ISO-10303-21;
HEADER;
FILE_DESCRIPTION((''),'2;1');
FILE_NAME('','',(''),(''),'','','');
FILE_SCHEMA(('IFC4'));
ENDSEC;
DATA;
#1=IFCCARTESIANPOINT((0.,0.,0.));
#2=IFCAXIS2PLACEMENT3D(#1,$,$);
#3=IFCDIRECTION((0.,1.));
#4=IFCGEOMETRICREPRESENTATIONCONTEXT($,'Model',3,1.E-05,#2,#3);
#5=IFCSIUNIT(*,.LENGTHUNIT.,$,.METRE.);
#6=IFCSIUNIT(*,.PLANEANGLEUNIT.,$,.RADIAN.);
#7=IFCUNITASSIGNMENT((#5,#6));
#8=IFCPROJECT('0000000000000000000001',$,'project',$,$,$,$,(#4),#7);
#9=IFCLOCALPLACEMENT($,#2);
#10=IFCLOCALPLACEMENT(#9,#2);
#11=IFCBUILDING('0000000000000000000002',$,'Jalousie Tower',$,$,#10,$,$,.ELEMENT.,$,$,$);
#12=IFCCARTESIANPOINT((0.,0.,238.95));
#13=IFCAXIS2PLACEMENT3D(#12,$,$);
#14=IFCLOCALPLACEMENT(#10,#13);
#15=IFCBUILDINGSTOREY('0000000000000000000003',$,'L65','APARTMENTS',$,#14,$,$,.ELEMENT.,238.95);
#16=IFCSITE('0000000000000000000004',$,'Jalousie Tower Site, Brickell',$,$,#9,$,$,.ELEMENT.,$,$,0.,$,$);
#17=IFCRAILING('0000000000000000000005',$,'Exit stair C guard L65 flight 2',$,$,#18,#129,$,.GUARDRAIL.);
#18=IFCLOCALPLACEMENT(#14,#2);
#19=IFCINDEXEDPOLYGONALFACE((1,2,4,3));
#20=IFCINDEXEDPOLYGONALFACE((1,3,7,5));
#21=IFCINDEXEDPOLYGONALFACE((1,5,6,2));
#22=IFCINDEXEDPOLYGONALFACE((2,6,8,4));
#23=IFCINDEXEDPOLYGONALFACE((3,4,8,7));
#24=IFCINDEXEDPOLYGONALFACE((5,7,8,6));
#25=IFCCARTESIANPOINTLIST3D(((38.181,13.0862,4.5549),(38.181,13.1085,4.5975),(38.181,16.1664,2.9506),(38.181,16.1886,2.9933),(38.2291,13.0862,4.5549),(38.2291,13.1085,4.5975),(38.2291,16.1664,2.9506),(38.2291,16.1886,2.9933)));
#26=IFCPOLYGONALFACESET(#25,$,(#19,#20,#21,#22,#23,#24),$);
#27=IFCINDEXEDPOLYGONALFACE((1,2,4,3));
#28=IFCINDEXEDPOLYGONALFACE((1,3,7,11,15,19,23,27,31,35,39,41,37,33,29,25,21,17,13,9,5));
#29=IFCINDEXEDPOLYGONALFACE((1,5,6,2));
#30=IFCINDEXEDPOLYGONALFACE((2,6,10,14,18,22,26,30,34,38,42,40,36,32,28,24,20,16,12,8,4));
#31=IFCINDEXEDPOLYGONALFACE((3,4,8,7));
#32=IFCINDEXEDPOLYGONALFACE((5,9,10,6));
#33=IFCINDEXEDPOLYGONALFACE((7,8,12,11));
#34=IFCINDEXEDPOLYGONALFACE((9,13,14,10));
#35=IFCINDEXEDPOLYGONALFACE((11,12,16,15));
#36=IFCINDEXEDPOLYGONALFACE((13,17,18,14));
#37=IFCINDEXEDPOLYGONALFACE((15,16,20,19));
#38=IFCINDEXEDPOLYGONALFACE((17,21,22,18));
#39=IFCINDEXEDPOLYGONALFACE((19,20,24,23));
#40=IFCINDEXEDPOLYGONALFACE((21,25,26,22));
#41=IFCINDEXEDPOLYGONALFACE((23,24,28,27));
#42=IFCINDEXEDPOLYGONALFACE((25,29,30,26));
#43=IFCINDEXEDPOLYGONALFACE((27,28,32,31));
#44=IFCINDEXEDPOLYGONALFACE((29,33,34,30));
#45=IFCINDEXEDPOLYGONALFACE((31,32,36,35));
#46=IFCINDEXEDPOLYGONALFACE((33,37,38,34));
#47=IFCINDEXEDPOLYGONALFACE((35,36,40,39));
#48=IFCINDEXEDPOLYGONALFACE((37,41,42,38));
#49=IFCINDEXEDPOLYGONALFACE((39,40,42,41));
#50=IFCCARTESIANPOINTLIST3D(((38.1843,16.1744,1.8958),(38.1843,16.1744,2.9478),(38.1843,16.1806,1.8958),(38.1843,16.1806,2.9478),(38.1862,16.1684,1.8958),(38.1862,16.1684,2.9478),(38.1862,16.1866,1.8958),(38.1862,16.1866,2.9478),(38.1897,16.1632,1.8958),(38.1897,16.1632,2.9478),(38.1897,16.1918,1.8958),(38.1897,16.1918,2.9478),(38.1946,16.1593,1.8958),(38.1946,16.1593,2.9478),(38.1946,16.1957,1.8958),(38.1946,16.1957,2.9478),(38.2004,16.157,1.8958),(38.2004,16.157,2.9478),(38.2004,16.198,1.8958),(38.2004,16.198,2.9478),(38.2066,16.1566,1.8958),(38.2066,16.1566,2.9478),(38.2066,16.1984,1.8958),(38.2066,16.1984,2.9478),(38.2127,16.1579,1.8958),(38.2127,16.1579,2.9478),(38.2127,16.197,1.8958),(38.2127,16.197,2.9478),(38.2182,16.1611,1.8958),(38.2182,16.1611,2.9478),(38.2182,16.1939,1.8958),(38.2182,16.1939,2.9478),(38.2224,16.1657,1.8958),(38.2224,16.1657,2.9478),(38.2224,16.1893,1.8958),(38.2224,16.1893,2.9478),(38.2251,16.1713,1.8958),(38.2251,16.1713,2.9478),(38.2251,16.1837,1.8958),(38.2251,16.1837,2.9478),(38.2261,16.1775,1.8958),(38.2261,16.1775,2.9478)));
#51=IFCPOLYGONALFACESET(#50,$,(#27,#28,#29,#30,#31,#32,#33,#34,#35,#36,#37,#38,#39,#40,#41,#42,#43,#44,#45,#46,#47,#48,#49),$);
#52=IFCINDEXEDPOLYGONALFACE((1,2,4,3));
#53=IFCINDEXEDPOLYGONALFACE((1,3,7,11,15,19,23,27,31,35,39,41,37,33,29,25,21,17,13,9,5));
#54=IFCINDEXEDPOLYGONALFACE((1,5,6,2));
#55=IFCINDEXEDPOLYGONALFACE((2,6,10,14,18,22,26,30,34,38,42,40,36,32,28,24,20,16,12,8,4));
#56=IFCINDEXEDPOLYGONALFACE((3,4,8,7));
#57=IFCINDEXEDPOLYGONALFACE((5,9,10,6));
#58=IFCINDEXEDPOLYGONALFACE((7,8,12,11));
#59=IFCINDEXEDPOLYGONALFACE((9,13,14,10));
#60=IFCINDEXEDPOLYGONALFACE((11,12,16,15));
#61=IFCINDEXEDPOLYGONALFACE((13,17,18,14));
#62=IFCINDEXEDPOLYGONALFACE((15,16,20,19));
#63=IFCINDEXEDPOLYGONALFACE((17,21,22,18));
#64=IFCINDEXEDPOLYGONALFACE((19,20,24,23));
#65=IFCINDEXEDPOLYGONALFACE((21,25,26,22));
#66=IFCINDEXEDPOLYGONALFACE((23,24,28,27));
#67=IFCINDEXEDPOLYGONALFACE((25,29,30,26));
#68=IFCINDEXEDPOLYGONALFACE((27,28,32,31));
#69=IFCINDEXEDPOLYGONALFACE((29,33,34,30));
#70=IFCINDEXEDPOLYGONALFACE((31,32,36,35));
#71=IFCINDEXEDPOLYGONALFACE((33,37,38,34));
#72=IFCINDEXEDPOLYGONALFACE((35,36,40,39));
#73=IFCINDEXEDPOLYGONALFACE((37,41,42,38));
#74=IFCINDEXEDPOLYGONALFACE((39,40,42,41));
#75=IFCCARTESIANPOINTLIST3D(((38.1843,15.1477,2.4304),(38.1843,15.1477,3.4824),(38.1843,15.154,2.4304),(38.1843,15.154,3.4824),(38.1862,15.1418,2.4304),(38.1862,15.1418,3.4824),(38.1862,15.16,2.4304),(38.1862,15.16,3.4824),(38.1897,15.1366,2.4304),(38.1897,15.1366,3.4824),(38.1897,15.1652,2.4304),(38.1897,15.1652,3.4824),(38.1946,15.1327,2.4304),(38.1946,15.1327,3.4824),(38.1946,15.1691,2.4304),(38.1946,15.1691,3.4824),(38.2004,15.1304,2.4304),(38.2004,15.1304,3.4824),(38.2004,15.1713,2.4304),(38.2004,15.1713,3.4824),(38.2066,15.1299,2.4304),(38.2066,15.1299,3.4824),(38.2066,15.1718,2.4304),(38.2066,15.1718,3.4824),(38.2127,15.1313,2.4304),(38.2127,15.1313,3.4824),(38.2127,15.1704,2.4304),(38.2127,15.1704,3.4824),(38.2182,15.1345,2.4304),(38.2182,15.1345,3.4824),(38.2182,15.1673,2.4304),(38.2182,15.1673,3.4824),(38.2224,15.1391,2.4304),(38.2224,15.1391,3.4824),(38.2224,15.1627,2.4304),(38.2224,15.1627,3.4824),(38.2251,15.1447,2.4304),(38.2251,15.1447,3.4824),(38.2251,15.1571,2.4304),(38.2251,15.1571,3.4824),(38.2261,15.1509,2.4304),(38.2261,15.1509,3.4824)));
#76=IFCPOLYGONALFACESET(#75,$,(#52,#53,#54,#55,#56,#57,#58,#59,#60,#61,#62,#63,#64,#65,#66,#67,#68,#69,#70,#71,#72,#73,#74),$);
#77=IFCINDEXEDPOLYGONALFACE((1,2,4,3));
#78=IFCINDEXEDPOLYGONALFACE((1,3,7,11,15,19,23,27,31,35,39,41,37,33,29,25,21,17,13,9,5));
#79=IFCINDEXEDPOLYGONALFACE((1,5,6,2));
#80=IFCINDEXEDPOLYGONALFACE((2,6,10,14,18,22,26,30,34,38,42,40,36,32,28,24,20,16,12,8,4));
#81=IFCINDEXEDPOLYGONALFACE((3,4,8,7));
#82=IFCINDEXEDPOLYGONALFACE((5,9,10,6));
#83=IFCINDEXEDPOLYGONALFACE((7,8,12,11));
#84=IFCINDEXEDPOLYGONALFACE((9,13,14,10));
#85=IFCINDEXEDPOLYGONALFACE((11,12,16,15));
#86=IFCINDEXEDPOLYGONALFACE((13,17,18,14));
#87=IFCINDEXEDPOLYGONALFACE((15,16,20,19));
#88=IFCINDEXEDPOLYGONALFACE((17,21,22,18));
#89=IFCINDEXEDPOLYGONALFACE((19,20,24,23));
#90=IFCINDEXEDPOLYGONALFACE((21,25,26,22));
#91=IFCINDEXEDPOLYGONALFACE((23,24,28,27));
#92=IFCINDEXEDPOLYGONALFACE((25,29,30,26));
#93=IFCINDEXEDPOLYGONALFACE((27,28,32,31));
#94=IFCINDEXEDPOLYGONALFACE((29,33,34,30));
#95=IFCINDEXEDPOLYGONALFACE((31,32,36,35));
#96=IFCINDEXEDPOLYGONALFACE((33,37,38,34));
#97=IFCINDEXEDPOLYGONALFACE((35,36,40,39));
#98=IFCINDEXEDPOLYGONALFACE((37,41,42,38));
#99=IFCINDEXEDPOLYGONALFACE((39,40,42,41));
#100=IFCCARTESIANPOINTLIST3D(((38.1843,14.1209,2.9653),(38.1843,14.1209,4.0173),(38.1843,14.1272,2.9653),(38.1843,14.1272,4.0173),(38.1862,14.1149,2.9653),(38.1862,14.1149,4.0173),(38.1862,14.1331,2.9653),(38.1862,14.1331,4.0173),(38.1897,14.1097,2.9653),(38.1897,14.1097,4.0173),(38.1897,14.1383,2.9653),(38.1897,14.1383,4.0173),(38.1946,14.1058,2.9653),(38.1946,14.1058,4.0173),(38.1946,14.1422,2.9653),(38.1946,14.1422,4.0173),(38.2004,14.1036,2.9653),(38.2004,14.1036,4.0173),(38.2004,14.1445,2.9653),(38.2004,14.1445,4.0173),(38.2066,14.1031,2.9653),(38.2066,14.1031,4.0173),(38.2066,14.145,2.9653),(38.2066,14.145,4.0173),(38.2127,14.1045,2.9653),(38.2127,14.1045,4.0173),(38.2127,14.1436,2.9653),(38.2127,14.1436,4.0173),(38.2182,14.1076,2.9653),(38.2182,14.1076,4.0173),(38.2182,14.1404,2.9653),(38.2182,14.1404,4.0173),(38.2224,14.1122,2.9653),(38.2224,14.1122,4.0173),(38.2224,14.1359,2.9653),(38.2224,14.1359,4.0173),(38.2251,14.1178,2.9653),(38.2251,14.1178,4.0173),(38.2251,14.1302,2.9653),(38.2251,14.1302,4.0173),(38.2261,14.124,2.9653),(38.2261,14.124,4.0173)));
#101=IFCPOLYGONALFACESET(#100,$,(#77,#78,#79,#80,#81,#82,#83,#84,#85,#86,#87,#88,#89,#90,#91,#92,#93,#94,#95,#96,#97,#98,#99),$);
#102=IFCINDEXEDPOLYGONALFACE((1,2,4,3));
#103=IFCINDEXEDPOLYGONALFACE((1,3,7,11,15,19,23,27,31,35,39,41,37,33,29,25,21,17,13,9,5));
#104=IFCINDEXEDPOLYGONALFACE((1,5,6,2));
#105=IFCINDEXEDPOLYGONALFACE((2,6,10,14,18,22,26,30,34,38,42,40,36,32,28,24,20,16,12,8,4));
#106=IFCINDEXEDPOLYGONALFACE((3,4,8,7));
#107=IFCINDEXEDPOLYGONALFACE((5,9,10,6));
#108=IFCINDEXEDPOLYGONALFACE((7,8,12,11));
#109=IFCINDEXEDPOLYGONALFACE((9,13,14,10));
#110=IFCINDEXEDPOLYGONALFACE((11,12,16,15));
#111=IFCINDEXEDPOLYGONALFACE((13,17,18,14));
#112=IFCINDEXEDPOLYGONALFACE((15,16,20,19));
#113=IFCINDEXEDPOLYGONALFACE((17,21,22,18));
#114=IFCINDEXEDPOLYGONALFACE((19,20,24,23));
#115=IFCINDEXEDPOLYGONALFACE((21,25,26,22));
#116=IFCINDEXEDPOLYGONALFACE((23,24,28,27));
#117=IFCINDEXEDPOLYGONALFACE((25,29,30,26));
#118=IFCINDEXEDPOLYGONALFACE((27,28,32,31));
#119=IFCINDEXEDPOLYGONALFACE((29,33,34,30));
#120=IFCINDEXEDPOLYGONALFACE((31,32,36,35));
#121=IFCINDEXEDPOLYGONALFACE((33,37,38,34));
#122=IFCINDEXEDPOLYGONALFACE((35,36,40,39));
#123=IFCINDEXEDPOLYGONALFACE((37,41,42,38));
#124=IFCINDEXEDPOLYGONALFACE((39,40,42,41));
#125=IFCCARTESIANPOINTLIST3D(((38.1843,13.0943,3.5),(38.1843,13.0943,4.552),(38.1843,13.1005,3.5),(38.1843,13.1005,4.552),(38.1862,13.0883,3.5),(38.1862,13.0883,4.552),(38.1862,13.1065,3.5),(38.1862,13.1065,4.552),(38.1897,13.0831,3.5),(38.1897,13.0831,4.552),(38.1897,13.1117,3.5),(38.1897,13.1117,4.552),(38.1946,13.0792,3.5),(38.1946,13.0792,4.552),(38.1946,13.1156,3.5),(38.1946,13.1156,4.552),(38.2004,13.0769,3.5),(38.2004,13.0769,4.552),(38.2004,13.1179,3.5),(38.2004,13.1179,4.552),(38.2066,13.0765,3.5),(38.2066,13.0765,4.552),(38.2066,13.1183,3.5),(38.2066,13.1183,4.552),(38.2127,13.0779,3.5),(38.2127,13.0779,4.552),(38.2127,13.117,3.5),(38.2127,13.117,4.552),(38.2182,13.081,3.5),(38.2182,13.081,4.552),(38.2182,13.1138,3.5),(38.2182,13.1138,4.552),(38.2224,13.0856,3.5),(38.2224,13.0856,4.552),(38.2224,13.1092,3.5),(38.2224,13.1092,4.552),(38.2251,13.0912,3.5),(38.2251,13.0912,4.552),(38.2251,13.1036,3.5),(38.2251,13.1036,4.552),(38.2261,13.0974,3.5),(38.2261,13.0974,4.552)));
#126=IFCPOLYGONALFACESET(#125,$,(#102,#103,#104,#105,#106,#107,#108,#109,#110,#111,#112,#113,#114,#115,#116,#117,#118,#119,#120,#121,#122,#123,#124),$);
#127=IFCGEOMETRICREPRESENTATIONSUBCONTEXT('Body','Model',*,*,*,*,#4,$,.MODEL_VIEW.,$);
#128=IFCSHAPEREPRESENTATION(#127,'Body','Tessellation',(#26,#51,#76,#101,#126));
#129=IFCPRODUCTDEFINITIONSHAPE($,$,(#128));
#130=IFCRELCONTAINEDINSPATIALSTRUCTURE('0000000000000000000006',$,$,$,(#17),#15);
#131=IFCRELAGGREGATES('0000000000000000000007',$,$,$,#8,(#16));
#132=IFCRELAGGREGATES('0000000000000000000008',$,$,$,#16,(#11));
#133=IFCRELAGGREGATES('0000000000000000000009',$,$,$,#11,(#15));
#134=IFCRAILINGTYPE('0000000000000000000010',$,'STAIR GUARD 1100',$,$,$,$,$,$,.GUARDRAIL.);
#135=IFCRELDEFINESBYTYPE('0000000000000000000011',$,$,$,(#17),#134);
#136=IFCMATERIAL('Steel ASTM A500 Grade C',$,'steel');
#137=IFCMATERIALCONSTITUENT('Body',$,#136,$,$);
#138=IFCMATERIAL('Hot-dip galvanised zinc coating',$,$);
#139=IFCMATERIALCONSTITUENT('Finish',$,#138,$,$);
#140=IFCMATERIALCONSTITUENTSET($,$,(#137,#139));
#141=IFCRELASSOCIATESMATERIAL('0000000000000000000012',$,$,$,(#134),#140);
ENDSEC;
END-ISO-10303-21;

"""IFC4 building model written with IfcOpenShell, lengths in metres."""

from ifc_helpers import new_model, si_unit, direction, frame, origin, origin_2d, place, context, subcontext, project, spatial, rectangle, circle, extrude, material, constituent, constituent_set, type_object, element, save


model = new_model("IFC4")

# Units and contexts
model_context = context("Model", 3, precision=1e-05, world=origin(), true_north=direction((0.0, 1.0)))
body_context = subcontext(model_context, "Body", "Model", "MODEL_VIEW")
ifc_project = project(units=[si_unit("LENGTHUNIT", "METRE"), si_unit("PLANEANGLEUNIT", "RADIAN")], contexts=[model_context])

# Site, building, storey
site_placement = place(None, origin())
site = spatial("IfcSite", under=ifc_project, at=site_placement, Name="Jalousie Tower Site, Brickell", CompositionType="ELEMENT", RefElevation=0.0)
building_placement = place(site_placement, origin())
building = spatial("IfcBuilding", under=site, at=building_placement, Name="Jalousie Tower", CompositionType="ELEMENT")
storey_placement = place(building_placement, frame((0.0, 0.0, 238.95)))
storey = spatial("IfcBuildingStorey", under=building, at=storey_placement, Name="L65", Description="APARTMENTS", CompositionType="ELEMENT", Elevation=238.95)

# Railing
ifc_material_1 = material(Name="Steel ASTM A500 Grade C", Category="steel")
ifc_constituent_1 = constituent(ifc_material_1, Name="Body")
ifc_material_2 = material(Name="Hot-dip galvanised zinc coating")
ifc_constituent_2 = constituent(ifc_material_2, Name="Finish")
ifc_constituent_set_1 = constituent_set(constituents=[ifc_constituent_1, ifc_constituent_2])
railing_type = type_object("IfcRailingType", Name="STAIR GUARD 1100", PredefinedType="GUARDRAIL", material=ifc_constituent_set_1)
railing_1_placement = place(storey_placement, frame((38.2051, 16.1775, 1.8958)))
element("IfcRailing", 1, at=railing_1_placement, inside=storey, type_object=railing_type, Name="Exit stair C guard L65 flight 2", PredefinedType="GUARDRAIL", context=body_context, shape_type="SweptSolid", body=[
    extrude(rectangle(XDim=0.0481, YDim=0.0481, at=origin_2d()), frame((0.0, 0.0, 1.0762), z_axis=(0.0, -0.886909, 0.461944), x_axis=(1.0, 0.0, 0.0)), (0.0, 0.0, 1.0), 3.4729),
    extrude(circle(Radius=0.021, at=origin_2d()), origin(), (0.0, 0.0, 1.0), 1.052),
    extrude(circle(Radius=0.021, at=origin_2d()), frame((0.0, -1.0266, 0.5347)), (0.0, 0.0, 1.0), 1.052),
    extrude(circle(Radius=0.021, at=origin_2d()), frame((0.0, -2.0535, 1.0696)), (0.0, 0.0, 1.0), 1.052),
    extrude(circle(Radius=0.021, at=origin_2d()), frame((0.0, -3.0801, 1.6042)), (0.0, 0.0, 1.0), 1.052),
])

save(model, "model.ifc")
